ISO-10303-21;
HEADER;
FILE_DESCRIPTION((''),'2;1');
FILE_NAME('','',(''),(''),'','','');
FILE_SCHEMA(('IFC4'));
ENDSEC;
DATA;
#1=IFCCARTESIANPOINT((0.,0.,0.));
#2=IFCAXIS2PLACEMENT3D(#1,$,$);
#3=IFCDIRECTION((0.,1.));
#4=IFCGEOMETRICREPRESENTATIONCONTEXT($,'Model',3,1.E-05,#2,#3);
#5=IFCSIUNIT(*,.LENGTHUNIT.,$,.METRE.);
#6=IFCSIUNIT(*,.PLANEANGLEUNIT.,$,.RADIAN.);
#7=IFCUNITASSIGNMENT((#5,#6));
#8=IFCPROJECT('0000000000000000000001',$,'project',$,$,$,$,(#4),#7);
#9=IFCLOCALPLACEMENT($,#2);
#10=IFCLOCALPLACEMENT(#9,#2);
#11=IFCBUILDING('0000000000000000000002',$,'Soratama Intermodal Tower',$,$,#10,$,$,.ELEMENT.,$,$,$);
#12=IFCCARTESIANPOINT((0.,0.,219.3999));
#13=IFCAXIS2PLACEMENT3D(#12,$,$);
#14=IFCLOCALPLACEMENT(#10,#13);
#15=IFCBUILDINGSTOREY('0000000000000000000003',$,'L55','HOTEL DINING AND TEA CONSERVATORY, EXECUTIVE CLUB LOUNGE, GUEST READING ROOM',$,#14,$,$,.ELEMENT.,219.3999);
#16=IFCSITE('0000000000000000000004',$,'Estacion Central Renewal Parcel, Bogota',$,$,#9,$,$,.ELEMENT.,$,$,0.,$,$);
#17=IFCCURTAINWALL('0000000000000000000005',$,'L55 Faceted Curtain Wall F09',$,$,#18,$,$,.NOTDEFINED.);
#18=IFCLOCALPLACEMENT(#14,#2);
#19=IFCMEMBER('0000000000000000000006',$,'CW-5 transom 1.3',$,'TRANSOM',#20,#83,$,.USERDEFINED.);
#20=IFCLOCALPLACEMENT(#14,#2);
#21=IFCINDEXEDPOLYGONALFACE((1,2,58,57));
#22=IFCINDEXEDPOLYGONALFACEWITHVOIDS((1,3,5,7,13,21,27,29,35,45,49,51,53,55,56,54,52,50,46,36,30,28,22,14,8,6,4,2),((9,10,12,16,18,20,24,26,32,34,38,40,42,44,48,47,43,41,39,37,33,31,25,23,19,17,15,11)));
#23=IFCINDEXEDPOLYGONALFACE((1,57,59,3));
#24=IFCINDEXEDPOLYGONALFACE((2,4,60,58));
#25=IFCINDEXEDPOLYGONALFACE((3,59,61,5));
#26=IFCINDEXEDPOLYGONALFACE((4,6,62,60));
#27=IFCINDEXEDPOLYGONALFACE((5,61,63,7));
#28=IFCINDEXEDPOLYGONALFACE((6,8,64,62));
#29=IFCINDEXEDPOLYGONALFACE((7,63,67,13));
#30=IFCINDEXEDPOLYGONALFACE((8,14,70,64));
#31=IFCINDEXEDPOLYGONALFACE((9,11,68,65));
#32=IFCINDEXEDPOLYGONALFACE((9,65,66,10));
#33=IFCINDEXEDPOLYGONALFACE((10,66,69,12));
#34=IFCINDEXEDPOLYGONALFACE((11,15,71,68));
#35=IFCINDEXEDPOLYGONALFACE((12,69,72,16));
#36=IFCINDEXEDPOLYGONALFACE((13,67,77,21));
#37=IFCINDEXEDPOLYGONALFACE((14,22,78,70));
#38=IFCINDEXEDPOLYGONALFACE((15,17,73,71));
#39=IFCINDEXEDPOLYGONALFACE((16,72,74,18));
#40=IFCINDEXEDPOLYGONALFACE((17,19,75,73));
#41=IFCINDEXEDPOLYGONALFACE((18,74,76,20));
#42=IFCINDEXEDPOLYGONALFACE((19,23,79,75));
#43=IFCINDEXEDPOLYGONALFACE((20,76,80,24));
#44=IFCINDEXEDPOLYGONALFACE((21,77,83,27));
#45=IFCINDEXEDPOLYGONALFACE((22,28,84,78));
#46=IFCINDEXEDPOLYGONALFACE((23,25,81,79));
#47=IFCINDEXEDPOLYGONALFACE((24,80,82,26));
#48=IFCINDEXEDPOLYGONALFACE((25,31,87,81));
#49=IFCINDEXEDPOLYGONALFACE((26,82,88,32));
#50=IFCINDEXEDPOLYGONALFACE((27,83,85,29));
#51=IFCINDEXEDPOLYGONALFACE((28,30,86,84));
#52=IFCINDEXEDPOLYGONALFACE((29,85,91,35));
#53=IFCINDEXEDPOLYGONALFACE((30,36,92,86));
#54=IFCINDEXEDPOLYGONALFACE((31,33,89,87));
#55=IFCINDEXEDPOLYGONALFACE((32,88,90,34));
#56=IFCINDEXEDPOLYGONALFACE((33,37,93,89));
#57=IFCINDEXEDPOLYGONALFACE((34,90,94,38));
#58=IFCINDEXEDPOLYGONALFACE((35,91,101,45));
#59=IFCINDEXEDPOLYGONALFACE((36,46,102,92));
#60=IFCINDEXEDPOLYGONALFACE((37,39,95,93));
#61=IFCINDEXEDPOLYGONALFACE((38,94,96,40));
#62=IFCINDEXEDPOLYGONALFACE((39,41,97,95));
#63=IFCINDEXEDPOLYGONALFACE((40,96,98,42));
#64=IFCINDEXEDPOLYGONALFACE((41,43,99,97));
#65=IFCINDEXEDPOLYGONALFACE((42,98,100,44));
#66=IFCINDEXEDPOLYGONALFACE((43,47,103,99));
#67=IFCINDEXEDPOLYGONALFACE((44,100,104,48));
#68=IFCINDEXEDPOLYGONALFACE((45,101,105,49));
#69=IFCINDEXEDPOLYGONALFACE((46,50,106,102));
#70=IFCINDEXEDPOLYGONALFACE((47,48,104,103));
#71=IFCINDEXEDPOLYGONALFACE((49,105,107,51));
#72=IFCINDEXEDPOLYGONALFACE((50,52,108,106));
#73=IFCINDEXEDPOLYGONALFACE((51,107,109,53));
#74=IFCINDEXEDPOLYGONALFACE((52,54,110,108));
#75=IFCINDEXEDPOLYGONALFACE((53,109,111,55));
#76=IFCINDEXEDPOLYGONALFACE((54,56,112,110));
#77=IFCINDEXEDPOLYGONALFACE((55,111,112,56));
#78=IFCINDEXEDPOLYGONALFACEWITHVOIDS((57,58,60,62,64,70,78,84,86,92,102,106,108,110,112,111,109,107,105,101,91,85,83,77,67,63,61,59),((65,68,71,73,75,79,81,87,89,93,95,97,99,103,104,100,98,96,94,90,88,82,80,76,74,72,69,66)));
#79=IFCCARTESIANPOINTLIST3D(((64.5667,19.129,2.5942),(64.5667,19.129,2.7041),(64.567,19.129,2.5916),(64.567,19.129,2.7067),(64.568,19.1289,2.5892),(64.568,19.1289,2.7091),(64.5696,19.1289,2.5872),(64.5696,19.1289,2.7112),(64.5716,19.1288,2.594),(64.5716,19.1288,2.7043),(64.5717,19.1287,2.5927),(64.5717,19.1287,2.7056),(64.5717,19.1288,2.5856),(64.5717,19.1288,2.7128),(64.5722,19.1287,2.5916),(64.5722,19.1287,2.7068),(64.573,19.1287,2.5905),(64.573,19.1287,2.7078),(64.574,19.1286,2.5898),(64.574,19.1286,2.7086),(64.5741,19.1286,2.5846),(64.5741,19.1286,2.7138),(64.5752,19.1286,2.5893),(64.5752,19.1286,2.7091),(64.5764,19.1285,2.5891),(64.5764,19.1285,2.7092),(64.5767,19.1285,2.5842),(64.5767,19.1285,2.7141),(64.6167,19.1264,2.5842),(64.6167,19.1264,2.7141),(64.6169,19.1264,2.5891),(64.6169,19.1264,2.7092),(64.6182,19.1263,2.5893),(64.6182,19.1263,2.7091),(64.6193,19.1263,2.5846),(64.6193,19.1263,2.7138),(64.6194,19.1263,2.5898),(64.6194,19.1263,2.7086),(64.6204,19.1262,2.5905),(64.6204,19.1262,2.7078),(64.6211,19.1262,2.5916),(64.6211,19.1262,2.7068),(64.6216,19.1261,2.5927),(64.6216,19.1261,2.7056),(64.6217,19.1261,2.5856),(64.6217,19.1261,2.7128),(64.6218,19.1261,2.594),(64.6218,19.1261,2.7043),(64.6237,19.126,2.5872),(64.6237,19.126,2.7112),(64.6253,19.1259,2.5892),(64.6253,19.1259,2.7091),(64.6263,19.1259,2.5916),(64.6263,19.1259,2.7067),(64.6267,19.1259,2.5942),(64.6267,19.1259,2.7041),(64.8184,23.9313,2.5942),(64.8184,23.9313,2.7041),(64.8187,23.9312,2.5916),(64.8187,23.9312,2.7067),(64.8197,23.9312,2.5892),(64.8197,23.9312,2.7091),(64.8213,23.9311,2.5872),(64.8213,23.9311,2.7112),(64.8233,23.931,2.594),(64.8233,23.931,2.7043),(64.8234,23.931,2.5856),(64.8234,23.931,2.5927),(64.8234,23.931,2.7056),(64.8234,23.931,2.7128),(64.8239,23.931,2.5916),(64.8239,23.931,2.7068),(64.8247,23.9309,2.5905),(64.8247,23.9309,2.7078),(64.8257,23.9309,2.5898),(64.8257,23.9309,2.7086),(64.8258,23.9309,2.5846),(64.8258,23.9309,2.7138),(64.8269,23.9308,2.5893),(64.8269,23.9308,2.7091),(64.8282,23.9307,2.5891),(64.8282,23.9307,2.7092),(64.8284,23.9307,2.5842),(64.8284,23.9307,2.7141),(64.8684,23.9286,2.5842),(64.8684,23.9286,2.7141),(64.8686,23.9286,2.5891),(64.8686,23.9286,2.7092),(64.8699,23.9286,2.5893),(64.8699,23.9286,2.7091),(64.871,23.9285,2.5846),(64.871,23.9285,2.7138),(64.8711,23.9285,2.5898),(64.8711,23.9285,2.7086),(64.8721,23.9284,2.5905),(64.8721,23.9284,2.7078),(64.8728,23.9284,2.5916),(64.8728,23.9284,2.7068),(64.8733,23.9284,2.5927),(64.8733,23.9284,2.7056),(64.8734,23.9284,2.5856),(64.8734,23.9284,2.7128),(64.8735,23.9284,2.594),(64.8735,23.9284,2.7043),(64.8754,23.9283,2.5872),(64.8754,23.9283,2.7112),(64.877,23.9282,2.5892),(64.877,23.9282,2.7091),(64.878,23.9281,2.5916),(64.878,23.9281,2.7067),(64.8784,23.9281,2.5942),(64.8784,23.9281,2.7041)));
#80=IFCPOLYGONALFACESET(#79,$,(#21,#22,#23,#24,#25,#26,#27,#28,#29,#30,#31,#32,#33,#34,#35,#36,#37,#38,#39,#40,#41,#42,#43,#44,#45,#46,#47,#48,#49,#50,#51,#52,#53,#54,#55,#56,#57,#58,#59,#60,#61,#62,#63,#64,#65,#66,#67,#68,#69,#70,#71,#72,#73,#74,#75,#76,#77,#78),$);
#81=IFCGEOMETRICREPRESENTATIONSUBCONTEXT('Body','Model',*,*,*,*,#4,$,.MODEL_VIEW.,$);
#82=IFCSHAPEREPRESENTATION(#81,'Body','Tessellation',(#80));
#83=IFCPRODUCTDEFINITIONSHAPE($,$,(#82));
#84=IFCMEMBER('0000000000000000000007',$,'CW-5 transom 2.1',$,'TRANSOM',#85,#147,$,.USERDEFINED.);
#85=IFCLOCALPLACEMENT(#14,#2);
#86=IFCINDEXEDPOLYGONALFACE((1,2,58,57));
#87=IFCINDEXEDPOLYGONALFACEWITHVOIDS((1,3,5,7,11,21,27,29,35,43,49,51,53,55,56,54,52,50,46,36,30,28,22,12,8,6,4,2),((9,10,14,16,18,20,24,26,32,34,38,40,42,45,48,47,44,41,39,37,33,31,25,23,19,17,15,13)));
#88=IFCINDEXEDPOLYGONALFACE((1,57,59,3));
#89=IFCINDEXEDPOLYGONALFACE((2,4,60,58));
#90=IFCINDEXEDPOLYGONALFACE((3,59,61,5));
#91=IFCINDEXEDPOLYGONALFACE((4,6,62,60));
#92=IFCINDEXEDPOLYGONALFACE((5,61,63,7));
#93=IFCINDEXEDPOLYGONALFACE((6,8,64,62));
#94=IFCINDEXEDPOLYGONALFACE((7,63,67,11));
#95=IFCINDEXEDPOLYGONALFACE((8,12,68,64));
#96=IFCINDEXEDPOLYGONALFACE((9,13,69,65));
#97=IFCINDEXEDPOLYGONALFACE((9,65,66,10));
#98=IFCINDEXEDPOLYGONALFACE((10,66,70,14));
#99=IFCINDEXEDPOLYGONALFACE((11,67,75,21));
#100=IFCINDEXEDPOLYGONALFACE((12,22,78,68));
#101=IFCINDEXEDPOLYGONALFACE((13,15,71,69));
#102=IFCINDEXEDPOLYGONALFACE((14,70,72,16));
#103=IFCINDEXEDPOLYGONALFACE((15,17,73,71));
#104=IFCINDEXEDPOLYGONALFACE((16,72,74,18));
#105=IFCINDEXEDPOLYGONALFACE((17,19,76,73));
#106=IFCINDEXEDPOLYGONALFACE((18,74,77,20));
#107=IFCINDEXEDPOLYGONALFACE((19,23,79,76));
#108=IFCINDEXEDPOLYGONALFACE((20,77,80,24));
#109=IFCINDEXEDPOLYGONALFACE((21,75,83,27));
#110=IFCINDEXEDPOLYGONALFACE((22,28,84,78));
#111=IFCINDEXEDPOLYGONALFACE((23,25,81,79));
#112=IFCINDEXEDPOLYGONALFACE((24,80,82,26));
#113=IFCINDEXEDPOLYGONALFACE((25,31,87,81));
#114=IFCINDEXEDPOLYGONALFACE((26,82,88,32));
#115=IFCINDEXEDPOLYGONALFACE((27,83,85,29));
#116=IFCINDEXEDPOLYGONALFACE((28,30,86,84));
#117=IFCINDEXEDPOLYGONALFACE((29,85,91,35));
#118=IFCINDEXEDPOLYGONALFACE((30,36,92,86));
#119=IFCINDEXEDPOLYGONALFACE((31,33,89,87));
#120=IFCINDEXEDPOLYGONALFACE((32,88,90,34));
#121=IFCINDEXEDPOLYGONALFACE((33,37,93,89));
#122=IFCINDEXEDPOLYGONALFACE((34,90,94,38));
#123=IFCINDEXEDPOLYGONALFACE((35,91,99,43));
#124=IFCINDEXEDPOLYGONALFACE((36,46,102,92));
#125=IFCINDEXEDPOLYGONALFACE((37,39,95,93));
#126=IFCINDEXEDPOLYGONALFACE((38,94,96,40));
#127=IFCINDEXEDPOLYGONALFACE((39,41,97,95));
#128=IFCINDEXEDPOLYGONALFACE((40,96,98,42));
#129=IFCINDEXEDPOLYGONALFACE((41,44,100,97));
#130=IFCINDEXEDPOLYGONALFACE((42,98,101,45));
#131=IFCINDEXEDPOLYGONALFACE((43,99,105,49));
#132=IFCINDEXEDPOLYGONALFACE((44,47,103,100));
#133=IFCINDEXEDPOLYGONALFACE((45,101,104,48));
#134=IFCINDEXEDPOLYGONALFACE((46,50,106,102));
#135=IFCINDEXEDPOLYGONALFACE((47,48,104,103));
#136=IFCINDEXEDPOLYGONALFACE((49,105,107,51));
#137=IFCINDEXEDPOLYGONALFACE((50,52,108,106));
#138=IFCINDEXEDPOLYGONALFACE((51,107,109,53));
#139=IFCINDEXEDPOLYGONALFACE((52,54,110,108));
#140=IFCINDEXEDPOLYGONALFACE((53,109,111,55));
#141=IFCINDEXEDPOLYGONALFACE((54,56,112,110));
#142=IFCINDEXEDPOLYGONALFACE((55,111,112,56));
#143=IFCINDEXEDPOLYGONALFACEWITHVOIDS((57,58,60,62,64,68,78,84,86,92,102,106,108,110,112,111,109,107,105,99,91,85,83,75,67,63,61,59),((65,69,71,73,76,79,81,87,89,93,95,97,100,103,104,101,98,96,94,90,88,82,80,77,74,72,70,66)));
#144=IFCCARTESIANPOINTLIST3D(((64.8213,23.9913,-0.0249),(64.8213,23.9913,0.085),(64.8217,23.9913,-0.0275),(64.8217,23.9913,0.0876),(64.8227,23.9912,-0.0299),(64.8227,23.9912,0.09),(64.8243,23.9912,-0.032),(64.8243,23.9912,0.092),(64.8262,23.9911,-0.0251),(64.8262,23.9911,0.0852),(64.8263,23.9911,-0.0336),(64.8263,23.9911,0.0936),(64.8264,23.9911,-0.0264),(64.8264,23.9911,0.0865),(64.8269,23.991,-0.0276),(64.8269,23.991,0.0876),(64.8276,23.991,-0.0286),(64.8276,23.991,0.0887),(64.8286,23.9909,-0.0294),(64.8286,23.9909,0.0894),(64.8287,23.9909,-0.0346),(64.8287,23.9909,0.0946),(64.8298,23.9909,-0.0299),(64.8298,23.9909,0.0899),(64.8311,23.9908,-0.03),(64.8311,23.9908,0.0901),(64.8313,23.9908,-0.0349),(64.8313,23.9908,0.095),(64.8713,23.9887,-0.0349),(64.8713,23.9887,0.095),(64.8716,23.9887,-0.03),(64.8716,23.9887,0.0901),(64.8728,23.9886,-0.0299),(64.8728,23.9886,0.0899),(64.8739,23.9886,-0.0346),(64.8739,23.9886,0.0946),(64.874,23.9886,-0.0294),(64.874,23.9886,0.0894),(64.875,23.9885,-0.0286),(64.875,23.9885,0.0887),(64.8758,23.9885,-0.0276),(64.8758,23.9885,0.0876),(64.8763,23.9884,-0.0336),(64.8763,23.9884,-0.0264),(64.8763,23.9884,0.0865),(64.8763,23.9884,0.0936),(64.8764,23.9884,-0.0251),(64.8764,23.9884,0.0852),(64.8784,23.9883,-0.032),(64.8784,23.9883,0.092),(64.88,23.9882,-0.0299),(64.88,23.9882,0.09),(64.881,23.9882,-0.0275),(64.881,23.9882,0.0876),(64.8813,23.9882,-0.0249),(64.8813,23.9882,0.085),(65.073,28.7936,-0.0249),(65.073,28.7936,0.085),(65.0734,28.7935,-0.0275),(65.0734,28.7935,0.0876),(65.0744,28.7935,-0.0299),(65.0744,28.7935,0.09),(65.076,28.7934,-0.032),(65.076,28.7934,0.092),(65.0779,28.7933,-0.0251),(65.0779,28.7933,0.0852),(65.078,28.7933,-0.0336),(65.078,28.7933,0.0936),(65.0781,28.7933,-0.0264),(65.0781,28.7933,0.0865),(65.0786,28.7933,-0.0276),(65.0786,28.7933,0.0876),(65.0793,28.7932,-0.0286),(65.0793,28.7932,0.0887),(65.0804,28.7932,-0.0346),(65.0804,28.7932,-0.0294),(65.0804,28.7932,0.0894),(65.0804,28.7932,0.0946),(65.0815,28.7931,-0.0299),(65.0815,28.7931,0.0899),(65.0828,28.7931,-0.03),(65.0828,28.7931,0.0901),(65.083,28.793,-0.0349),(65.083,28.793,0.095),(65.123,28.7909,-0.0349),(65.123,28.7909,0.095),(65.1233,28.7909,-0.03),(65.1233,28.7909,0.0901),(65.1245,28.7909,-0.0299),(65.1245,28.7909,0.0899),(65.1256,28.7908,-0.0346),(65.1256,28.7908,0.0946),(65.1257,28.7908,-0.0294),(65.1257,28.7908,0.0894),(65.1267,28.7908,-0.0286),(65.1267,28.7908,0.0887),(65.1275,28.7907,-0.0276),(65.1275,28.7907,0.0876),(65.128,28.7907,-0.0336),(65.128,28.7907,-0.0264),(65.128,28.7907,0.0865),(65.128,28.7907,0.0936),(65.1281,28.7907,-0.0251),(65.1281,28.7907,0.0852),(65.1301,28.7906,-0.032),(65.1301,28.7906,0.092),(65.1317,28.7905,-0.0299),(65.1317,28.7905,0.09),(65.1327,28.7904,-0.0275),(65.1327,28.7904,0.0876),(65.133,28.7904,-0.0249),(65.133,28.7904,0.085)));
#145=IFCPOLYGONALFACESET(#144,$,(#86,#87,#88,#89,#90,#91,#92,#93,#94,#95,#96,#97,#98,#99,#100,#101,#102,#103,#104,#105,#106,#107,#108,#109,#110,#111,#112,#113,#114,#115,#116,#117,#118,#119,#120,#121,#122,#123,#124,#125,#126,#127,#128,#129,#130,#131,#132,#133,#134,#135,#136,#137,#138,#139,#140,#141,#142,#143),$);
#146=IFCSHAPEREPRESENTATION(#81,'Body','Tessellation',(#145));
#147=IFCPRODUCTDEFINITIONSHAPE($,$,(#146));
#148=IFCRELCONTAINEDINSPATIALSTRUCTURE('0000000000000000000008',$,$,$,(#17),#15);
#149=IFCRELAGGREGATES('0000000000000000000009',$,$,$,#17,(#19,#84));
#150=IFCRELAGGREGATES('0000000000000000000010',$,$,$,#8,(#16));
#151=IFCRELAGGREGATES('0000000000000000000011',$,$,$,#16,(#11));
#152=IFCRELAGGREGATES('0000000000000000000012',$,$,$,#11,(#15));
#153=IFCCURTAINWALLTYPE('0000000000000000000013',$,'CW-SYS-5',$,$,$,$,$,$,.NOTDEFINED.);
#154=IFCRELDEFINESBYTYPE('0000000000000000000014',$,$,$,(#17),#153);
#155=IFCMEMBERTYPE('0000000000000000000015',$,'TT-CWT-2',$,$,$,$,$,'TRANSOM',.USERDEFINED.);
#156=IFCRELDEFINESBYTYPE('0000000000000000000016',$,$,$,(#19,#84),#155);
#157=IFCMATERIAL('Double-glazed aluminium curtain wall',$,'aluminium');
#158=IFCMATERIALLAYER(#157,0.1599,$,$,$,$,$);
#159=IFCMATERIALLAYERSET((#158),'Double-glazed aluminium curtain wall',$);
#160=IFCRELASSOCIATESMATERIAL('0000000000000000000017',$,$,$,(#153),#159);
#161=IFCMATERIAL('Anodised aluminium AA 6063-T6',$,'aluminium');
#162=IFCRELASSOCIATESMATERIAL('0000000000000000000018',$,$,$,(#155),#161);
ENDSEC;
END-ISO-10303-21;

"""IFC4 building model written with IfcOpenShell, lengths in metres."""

from ifc_helpers import new_model, si_unit, direction, frame, origin, origin_2d, place, context, subcontext, project, spatial, hollow_rectangle, extrude, material, layer, layer_set, material_profile, profile_set, type_object, element, aggregate, save


model = new_model("IFC4")

# Units and contexts
model_context = context("Model", 3, precision=1e-05, world=origin(), true_north=direction((0.0, 1.0)))
body_context = subcontext(model_context, "Body", "Model", "MODEL_VIEW")
ifc_project = project(units=[si_unit("LENGTHUNIT", "METRE"), si_unit("PLANEANGLEUNIT", "RADIAN")], contexts=[model_context])

# Site, building, storey
site_placement = place(None, origin())
site = spatial("IfcSite", under=ifc_project, at=site_placement, Name="Estacion Central Renewal Parcel, Bogota", CompositionType="ELEMENT", RefElevation=0.0)
building_placement = place(site_placement, origin())
building = spatial("IfcBuilding", under=site, at=building_placement, Name="Soratama Intermodal Tower", CompositionType="ELEMENT")
storey_placement = place(building_placement, frame((0.0, 0.0, 219.3999)))
storey = spatial("IfcBuildingStorey", under=building, at=storey_placement, Name="L55", Description="HOTEL DINING AND TEA CONSERVATORY, EXECUTIVE CLUB LOUNGE, GUEST READING ROOM", CompositionType="ELEMENT", Elevation=219.3999)

# Shared definitions
ifc_material_1 = material(Name="Double-glazed aluminium curtain wall", Category="aluminium")
ifc_layer_1 = layer(ifc_material_1, 0.1599)
ifc_layer_set_1 = layer_set([ifc_layer_1], Name="Double-glazed aluminium curtain wall")
curtain_wall_type = type_object("IfcCurtainWallType", Name="CW-SYS-5", PredefinedType="NOTDEFINED", material=ifc_layer_set_1)

# Curtain wall, members
curtain_wall_1_placement = place(storey_placement, origin())
curtain_wall_1 = element("IfcCurtainWall", 1, at=curtain_wall_1_placement, inside=storey, type_object=curtain_wall_type, Name="L55 Faceted Curtain Wall F09", PredefinedType="NOTDEFINED")
ifc_material_2 = material(Name="Anodised aluminium AA 6063-T6", Category="aluminium")
ifc_material_profile_1 = material_profile(ifc_material_2, hollow_rectangle(XDim=0.0601, YDim=0.1299, WallThickness=0.0049, InnerFilletRadius=0.0049, OuterFilletRadius=0.01, at=origin_2d()), Name="CWT130X60X5")
ifc_profile_set_1 = profile_set([ifc_material_profile_1], Name="Anodised aluminium AA 6063-T6")
member_type_1 = type_object("IfcMemberType", Name="TT-CWT-2", ElementType="TRANSOM", PredefinedType="USERDEFINED", material=ifc_profile_set_1)
member_1_placement = place(storey_placement, frame((64.5967, 19.1274, 2.6492), z_axis=(0.052343, 0.998629, 0.0), x_axis=(-0.998629, 0.052343, 0.0)))
member_1 = element("IfcMember", 2, at=member_1_placement, type_object=member_type_1, Name="CW-5 transom 1.3", ObjectType="TRANSOM", PredefinedType="USERDEFINED", context=body_context, shape_type="SweptSolid", body=[
    extrude(hollow_rectangle(XDim=0.0601, YDim=0.1299, WallThickness=0.0049, InnerFilletRadius=0.0049, OuterFilletRadius=0.01, at=origin_2d()), origin(), (0.0, 0.0, 1.0), 4.8088),
])
member_2_placement = place(storey_placement, frame((64.8513, 23.9897, 0.03), z_axis=(0.052343, 0.998629, 0.0), x_axis=(-0.998629, 0.052343, 0.0)))
member_2 = element("IfcMember", 3, at=member_2_placement, type_object=member_type_1, Name="CW-5 transom 2.1", ObjectType="TRANSOM", PredefinedType="USERDEFINED", context=body_context, shape_type="SweptSolid", body=[
    extrude(hollow_rectangle(XDim=0.0601, YDim=0.1299, WallThickness=0.0049, InnerFilletRadius=0.0049, OuterFilletRadius=0.01, at=origin_2d()), origin(), (0.0, 0.0, 1.0), 4.8088),
])

aggregate(curtain_wall_1, [member_1, member_2])

save(model, "model.ifc")
